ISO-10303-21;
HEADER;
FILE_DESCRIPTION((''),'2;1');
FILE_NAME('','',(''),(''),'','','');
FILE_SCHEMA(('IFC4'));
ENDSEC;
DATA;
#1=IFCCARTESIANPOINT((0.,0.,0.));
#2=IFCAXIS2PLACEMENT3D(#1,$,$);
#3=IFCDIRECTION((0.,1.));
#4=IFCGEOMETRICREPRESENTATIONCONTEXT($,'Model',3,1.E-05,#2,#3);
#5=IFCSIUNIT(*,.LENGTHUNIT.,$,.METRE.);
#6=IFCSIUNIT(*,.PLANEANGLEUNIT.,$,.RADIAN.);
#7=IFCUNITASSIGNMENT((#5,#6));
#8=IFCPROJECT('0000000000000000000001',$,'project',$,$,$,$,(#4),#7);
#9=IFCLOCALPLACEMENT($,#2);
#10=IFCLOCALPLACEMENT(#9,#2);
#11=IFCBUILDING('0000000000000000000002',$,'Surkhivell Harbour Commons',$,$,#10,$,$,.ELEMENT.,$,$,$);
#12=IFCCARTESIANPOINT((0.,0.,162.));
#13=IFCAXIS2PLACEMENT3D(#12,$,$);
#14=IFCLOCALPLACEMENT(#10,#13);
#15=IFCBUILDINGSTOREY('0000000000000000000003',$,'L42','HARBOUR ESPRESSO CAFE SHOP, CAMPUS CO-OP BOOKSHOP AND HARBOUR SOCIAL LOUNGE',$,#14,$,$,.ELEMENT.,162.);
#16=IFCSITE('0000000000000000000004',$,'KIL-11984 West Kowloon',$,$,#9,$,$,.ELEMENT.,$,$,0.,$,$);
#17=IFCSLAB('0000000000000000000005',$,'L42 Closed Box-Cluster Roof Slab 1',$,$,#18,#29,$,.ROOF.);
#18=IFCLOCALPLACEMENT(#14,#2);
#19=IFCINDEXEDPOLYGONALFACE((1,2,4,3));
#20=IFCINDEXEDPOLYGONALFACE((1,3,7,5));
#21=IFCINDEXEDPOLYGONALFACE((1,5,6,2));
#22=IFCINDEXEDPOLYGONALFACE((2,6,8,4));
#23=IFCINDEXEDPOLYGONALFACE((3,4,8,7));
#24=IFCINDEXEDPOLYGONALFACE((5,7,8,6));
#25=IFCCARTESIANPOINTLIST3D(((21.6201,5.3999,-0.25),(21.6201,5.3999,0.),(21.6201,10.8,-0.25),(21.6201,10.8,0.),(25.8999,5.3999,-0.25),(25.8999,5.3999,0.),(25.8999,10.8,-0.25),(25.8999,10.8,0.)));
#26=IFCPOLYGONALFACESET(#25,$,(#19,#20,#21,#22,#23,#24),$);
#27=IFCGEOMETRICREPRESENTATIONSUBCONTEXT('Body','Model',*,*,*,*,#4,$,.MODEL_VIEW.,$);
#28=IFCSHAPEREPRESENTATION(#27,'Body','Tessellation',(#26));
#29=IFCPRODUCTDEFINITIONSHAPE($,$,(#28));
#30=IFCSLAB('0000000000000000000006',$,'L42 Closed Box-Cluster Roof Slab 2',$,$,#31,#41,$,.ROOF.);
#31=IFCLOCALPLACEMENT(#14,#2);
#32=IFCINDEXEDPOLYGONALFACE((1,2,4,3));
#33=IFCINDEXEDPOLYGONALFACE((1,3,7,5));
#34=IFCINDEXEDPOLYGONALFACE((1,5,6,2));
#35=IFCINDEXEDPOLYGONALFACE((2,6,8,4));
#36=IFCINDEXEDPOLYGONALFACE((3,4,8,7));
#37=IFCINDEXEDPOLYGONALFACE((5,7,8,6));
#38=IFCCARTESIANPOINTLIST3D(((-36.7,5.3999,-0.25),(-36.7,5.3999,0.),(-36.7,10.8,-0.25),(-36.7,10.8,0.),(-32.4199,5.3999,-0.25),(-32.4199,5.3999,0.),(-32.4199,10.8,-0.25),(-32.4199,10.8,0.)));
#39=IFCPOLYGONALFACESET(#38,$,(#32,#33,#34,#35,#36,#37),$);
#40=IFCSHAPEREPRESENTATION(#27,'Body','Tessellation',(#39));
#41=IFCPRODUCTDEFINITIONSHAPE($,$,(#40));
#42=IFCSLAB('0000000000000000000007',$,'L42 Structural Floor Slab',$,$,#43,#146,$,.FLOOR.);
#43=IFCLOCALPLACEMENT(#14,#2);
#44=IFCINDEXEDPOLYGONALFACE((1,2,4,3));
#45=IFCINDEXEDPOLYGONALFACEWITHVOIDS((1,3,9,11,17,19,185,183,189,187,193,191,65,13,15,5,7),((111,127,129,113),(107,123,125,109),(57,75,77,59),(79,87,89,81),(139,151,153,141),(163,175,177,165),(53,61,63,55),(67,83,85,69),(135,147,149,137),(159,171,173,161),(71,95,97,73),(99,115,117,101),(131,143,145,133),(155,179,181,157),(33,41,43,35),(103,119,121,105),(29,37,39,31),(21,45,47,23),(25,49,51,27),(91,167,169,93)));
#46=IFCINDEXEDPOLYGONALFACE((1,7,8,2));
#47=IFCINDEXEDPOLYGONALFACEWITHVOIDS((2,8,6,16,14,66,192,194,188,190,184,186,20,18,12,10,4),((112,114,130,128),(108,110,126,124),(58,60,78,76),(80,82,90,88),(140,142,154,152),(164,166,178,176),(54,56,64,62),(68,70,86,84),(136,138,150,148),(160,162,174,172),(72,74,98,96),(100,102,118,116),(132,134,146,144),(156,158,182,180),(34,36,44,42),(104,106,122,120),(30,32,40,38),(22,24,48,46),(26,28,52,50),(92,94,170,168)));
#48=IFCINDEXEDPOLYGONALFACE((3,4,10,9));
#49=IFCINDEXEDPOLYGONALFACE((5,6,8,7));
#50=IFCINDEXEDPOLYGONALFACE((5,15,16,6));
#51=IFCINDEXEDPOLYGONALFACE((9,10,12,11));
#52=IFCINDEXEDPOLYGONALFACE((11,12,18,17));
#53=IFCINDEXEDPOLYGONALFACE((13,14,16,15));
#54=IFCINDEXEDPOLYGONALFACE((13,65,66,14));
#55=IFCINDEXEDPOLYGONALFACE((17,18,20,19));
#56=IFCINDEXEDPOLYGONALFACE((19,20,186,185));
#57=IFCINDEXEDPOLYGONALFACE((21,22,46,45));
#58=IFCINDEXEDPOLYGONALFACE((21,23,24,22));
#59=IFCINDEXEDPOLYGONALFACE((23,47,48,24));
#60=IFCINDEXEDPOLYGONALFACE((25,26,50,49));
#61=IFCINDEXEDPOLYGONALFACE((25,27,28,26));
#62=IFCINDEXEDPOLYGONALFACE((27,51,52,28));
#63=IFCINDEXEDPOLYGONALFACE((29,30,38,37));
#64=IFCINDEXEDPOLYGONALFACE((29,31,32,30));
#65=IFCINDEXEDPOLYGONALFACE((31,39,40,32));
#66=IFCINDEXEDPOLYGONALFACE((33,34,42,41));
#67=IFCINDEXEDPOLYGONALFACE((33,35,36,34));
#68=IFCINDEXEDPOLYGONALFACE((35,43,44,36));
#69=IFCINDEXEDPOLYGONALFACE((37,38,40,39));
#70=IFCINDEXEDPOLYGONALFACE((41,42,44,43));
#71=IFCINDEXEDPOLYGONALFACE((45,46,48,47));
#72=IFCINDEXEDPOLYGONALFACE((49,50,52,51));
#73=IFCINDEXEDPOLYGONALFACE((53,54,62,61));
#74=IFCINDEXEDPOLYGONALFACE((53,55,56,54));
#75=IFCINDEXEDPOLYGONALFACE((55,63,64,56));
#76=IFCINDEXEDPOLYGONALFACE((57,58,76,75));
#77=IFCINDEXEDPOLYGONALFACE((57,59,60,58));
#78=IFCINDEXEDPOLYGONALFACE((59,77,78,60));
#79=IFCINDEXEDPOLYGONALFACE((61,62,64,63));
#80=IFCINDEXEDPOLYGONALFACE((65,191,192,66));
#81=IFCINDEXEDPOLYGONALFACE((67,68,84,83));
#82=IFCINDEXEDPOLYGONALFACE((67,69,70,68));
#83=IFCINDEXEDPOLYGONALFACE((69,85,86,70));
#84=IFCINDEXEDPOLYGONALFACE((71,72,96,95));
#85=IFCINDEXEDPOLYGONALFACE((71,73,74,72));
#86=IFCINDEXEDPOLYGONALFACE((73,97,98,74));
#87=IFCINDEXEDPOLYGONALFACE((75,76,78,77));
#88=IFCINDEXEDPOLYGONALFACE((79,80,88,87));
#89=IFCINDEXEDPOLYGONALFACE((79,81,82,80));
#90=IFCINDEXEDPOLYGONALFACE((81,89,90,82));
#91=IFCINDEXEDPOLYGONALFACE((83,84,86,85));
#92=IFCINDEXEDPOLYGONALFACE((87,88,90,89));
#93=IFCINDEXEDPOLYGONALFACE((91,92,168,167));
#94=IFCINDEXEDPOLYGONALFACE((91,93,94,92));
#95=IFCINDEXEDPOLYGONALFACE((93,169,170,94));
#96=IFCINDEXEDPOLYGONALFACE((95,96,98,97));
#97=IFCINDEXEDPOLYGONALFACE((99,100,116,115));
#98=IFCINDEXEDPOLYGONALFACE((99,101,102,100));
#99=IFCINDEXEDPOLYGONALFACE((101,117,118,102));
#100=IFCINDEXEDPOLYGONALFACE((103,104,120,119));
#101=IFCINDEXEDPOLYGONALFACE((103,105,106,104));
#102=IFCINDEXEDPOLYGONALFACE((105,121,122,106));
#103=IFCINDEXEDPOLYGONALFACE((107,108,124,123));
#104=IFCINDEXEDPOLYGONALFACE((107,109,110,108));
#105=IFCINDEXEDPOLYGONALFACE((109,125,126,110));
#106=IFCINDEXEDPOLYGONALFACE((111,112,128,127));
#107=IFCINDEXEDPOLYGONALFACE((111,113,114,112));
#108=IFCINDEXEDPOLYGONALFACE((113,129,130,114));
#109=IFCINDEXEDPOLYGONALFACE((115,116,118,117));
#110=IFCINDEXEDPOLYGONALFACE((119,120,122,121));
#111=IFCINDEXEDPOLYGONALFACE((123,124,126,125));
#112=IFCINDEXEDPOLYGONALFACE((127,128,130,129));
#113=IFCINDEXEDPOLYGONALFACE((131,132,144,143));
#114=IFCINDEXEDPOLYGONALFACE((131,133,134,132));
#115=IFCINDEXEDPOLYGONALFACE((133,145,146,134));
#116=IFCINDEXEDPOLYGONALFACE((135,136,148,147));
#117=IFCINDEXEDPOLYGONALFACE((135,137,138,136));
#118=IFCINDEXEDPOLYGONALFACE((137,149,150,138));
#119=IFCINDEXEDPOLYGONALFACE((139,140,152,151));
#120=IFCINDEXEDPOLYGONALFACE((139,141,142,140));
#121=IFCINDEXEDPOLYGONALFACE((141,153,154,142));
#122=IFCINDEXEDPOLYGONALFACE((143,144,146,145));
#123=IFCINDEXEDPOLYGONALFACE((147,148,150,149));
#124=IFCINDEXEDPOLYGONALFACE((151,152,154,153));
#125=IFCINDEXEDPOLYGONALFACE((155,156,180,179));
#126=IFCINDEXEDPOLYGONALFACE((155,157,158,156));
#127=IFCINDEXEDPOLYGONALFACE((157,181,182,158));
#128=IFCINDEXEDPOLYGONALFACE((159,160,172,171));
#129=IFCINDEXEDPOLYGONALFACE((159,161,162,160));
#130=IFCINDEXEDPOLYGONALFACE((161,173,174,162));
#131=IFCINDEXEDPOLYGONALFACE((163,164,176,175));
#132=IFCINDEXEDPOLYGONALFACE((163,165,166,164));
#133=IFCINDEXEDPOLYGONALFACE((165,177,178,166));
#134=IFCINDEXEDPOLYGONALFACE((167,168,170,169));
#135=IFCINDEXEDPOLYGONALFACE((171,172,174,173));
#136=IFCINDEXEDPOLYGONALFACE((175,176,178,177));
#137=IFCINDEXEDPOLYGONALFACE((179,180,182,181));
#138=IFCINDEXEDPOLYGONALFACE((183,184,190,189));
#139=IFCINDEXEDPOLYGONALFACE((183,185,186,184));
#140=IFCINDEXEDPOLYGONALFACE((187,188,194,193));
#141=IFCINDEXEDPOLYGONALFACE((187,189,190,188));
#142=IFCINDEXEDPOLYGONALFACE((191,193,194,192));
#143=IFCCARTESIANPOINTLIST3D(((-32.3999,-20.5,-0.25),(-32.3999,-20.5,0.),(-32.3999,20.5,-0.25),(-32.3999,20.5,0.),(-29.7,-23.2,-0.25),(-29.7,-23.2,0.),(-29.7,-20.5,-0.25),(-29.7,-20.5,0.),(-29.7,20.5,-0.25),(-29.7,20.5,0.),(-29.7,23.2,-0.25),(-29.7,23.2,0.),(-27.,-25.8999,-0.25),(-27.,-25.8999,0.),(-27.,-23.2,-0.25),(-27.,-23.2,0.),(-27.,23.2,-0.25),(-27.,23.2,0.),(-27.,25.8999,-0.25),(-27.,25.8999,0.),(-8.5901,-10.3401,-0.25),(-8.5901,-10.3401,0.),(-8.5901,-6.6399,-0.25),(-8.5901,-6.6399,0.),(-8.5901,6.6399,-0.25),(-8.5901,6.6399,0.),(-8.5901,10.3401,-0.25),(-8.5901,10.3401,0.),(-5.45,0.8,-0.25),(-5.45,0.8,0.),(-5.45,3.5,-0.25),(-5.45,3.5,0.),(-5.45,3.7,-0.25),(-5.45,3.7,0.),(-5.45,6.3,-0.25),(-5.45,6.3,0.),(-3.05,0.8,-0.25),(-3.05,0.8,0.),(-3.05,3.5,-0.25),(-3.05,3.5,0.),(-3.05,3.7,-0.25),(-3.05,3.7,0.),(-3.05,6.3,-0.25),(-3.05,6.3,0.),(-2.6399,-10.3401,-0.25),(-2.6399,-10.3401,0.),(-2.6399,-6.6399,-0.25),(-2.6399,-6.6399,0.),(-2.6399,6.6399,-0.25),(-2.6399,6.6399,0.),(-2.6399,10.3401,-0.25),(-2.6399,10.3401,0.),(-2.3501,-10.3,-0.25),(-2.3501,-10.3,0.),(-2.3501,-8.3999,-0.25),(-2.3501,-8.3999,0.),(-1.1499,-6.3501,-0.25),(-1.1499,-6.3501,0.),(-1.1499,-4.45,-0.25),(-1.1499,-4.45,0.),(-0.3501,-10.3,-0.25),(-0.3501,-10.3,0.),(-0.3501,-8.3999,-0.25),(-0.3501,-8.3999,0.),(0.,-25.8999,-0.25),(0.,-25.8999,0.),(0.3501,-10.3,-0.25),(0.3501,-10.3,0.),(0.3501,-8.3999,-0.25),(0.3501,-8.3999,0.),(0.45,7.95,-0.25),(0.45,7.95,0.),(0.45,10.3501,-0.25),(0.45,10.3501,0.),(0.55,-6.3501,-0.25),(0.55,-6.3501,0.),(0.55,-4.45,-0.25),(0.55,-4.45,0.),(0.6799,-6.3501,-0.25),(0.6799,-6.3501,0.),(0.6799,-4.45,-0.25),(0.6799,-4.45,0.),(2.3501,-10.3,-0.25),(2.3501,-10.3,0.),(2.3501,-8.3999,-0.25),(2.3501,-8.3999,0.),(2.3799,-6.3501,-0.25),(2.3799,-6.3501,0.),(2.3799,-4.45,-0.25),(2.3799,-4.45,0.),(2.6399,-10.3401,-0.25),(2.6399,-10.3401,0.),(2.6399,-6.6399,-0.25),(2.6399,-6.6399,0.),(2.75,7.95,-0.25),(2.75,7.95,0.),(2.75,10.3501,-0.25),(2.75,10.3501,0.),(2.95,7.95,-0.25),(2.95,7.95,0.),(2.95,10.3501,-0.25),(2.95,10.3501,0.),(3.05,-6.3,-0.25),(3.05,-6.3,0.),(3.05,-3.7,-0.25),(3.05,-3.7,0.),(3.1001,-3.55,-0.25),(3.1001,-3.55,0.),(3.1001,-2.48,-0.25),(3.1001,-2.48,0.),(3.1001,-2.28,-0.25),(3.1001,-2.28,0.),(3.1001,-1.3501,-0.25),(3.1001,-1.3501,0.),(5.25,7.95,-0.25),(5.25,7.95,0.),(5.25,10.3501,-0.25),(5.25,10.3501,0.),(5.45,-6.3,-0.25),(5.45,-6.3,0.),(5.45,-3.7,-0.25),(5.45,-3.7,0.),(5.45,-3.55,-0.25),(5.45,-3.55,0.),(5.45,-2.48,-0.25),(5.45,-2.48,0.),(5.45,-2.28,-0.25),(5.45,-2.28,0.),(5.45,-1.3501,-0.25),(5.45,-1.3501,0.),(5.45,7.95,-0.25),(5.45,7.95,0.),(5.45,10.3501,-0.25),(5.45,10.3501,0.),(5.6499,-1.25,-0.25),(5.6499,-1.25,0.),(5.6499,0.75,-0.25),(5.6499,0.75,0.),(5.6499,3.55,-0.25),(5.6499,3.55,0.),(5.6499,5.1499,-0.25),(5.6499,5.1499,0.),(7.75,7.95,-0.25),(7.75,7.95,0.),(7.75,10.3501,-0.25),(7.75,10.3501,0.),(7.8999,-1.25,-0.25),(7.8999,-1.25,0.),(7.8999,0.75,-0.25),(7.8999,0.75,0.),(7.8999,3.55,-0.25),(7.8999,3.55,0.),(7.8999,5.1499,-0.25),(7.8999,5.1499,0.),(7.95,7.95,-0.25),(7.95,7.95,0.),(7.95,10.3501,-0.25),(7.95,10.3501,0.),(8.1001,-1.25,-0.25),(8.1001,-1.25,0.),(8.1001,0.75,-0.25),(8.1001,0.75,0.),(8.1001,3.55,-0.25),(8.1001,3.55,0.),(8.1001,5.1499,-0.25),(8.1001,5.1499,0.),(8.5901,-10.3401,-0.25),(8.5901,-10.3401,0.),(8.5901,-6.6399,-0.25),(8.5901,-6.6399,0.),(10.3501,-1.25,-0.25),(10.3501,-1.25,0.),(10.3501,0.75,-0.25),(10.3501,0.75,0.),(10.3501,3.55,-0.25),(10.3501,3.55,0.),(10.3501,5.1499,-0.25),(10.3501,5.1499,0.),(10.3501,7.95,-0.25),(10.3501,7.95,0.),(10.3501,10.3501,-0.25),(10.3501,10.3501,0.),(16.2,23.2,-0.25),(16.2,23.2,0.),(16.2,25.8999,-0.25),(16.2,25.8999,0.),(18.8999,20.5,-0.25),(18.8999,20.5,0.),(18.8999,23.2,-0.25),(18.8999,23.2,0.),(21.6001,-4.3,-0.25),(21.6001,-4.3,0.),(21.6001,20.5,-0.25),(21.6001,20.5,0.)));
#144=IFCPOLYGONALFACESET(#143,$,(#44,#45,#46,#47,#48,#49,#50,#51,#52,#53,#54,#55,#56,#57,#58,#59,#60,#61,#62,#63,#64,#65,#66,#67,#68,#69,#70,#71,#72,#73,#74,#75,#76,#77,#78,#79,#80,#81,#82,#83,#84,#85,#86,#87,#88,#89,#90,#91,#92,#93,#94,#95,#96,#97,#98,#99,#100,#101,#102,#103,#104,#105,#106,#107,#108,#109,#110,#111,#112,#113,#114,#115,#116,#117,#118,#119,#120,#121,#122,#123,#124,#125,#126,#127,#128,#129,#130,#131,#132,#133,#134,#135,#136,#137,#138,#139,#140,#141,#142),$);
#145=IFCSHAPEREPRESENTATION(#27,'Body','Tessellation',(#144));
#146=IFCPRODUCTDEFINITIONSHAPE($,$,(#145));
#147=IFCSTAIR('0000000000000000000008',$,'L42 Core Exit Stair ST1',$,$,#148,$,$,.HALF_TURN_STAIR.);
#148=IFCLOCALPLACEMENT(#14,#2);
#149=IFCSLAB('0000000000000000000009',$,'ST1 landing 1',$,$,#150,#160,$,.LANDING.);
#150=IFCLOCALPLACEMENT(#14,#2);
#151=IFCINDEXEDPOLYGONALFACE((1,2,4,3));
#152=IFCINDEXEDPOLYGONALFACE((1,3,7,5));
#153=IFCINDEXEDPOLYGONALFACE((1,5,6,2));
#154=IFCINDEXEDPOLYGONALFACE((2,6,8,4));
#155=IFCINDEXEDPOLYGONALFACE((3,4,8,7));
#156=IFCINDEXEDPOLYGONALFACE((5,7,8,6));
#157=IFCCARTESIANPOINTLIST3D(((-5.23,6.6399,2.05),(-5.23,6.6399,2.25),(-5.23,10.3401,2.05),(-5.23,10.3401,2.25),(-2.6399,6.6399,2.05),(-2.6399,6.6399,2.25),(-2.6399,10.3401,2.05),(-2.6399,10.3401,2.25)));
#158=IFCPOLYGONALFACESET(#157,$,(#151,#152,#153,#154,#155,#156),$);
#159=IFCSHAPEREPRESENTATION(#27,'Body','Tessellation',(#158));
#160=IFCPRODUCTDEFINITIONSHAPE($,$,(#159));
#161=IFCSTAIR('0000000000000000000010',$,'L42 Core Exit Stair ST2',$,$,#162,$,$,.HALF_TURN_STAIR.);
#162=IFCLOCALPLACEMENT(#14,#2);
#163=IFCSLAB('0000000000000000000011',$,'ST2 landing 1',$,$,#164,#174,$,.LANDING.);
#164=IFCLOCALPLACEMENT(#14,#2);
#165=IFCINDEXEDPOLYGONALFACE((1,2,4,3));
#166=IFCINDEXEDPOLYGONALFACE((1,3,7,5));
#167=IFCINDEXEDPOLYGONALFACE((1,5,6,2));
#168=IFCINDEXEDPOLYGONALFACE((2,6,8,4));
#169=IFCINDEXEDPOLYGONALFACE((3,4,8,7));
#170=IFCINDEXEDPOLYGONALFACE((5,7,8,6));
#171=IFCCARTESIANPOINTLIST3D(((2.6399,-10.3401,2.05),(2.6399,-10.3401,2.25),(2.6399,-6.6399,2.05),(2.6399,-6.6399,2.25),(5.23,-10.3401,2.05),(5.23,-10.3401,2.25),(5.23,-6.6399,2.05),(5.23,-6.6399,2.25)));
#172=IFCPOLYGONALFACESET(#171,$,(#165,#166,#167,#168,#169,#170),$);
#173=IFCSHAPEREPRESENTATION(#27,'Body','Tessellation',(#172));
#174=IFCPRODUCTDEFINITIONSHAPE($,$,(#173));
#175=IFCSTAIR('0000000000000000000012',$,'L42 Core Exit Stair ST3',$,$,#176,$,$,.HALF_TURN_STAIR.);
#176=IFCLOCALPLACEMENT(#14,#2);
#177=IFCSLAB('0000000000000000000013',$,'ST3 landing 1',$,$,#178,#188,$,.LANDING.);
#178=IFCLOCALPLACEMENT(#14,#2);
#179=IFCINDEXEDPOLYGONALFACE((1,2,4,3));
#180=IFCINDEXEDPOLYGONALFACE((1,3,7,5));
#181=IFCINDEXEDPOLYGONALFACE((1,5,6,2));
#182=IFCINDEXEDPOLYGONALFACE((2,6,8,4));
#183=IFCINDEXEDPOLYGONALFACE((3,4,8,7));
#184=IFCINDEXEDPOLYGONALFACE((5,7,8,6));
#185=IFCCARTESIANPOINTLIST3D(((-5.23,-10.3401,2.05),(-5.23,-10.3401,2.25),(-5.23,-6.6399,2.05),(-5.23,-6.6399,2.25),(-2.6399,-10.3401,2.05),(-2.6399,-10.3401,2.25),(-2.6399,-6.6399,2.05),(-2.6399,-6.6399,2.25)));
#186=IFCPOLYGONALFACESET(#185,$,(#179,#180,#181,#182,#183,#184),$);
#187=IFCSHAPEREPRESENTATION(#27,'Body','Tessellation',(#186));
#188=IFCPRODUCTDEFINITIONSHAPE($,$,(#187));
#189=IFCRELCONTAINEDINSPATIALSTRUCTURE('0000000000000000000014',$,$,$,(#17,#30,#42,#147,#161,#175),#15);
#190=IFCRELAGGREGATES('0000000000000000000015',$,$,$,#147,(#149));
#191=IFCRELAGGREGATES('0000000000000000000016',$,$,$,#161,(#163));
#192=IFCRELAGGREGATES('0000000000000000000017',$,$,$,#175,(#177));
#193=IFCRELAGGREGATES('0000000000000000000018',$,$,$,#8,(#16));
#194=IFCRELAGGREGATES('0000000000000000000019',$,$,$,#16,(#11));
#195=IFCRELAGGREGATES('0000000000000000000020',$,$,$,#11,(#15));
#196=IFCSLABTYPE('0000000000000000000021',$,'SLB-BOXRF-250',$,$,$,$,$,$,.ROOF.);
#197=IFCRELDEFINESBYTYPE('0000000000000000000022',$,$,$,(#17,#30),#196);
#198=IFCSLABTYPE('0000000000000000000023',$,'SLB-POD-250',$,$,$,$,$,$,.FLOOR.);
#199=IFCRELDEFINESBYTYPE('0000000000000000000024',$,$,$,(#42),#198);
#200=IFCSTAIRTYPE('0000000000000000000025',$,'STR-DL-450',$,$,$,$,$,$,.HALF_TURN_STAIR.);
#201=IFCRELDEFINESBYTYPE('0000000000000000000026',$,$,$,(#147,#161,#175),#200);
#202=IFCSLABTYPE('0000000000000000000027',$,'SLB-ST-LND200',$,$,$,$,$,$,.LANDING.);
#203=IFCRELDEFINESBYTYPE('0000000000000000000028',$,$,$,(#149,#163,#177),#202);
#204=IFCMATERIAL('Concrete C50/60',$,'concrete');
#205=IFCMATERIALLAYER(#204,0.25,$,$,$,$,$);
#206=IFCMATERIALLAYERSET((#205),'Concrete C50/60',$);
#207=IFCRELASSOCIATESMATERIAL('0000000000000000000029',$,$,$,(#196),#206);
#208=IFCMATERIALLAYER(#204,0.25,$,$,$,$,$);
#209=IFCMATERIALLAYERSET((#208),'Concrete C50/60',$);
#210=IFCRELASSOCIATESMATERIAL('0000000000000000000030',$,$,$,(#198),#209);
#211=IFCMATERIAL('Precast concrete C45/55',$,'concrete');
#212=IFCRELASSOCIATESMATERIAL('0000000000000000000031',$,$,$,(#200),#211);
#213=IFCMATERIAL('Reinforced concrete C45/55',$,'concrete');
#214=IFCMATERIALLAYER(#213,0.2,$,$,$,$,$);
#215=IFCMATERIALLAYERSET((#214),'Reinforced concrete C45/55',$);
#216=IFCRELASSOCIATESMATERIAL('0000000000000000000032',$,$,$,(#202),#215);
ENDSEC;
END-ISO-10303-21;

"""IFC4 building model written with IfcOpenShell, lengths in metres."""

from ifc_helpers import new_model, si_unit, direction, frame, origin, place, context, subcontext, project, spatial, polyline, outline, extrude, material, layer, layer_set, type_object, element, aggregate, save


model = new_model("IFC4")

# Units and contexts
model_context = context("Model", 3, precision=1e-05, world=origin(), true_north=direction((0.0, 1.0)))
body_context = subcontext(model_context, "Body", "Model", "MODEL_VIEW")
ifc_project = project(units=[si_unit("LENGTHUNIT", "METRE"), si_unit("PLANEANGLEUNIT", "RADIAN")], contexts=[model_context])

# Site, building, storey
site_placement = place(None, origin())
site = spatial("IfcSite", under=ifc_project, at=site_placement, Name="KIL-11984 West Kowloon", CompositionType="ELEMENT", RefElevation=0.0)
building_placement = place(site_placement, origin())
building = spatial("IfcBuilding", under=site, at=building_placement, Name="Surkhivell Harbour Commons", CompositionType="ELEMENT")
storey_placement = place(building_placement, frame((0.0, 0.0, 162.0)))
storey = spatial("IfcBuildingStorey", under=building, at=storey_placement, Name="L42", Description="HARBOUR ESPRESSO CAFE SHOP, CAMPUS CO-OP BOOKSHOP AND HARBOUR SOCIAL LOUNGE", CompositionType="ELEMENT", Elevation=162.0)

# Slabs
ifc_material_1 = material(Name="Concrete C50/60", Category="concrete")
ifc_layer_1 = layer(ifc_material_1, 0.25)
ifc_layer_set_1 = layer_set([ifc_layer_1], Name="Concrete C50/60")
slab_type_1 = type_object("IfcSlabType", Name="SLB-BOXRF-250", PredefinedType="ROOF", material=ifc_layer_set_1)
slab_1_placement = place(storey_placement, frame((0.0, 0.0, -0.25)))
element("IfcSlab", 1, at=slab_1_placement, inside=storey, type_object=slab_type_1, Name="L42 Closed Box-Cluster Roof Slab 1", PredefinedType="ROOF", context=body_context, shape_type="SweptSolid", body=[
    extrude(outline(polyline([(25.8999, 10.8), (21.6201, 10.8), (21.6201, 5.3999), (25.8999, 5.3999), (25.8999, 10.8)])), origin(), (0.0, 0.0, 1.0), 0.25),
])
slab_2_placement = place(storey_placement, frame((0.0, 0.0, -0.25)))
element("IfcSlab", 2, at=slab_2_placement, inside=storey, type_object=slab_type_1, Name="L42 Closed Box-Cluster Roof Slab 2", PredefinedType="ROOF", context=body_context, shape_type="SweptSolid", body=[
    extrude(outline(polyline([(-36.7, 5.3999), (-32.4199, 5.3999), (-32.4199, 10.8), (-36.7, 10.8), (-36.7, 5.3999)])), origin(), (0.0, 0.0, 1.0), 0.25),
])
ifc_layer_2 = layer(ifc_material_1, 0.25)
ifc_layer_set_2 = layer_set([ifc_layer_2], Name="Concrete C50/60")
slab_type_2 = type_object("IfcSlabType", Name="SLB-POD-250", PredefinedType="FLOOR", material=ifc_layer_set_2)
slab_3_placement = place(storey_placement, frame((0.0, 0.0, -0.25)))
element("IfcSlab", 3, at=slab_3_placement, inside=storey, type_object=slab_type_2, Name="L42 Structural Floor Slab", PredefinedType="FLOOR", context=body_context, shape_type="SweptSolid", body=[
    extrude(outline(polyline([(-27.0, -25.8999), (0.0, -25.8999), (21.6001, -4.3), (21.6001, 20.5), (18.8999, 20.5), (18.8999, 23.2), (16.2, 23.2), (16.2, 25.8999), (-27.0, 25.8999), (-27.0, 23.2), (-29.7, 23.2), (-29.7, 20.5), (-32.3999, 20.5), (-32.3999, -20.5), (-29.7, -20.5), (-29.7, -23.2), (-27.0, -23.2), (-27.0, -25.8999)]), holes=[polyline([(-8.5901, 6.6399), (-2.6399, 6.6399), (-2.6399, 10.3401), (-8.5901, 10.3401), (-8.5901, 6.6399)]), polyline([(8.5901, -6.6399), (2.6399, -6.6399), (2.6399, -10.3401), (8.5901, -10.3401), (8.5901, -6.6399)]), polyline([(-8.5901, -10.3401), (-2.6399, -10.3401), (-2.6399, -6.6399), (-8.5901, -6.6399), (-8.5901, -10.3401)]), polyline([(0.45, 7.95), (2.75, 7.95), (2.75, 10.3501), (0.45, 10.3501), (0.45, 7.95)]), polyline([(2.95, 7.95), (5.25, 7.95), (5.25, 10.3501), (2.95, 10.3501), (2.95, 7.95)]), polyline([(5.45, 7.95), (7.75, 7.95), (7.75, 10.3501), (5.45, 10.3501), (5.45, 7.95)]), polyline([(7.95, 7.95), (10.3501, 7.95), (10.3501, 10.3501), (7.95, 10.3501), (7.95, 7.95)]), polyline([(5.6499, 3.55), (7.8999, 3.55), (7.8999, 5.1499), (5.6499, 5.1499), (5.6499, 3.55)]), polyline([(8.1001, 3.55), (10.3501, 3.55), (10.3501, 5.1499), (8.1001, 5.1499), (8.1001, 3.55)]), polyline([(5.6499, -1.25), (7.8999, -1.25), (7.8999, 0.75), (5.6499, 0.75), (5.6499, -1.25)]), polyline([(8.1001, -1.25), (10.3501, -1.25), (10.3501, 0.75), (8.1001, 0.75), (8.1001, -1.25)]), polyline([(-1.1499, -6.3501), (0.55, -6.3501), (0.55, -4.45), (-1.1499, -4.45), (-1.1499, -6.3501)]), polyline([(0.6799, -6.3501), (2.3799, -6.3501), (2.3799, -4.45), (0.6799, -4.45), (0.6799, -6.3501)]), polyline([(-2.3501, -10.3), (-0.3501, -10.3), (-0.3501, -8.3999), (-2.3501, -8.3999), (-2.3501, -10.3)]), polyline([(0.3501, -10.3), (2.3501, -10.3), (2.3501, -8.3999), (0.3501, -8.3999), (0.3501, -10.3)]), polyline([(-5.45, 3.7), (-3.05, 3.7), (-3.05, 6.3), (-5.45, 6.3), (-5.45, 3.7)]), polyline([(3.05, -6.3), (5.45, -6.3), (5.45, -3.7), (3.05, -3.7), (3.05, -6.3)]), polyline([(-5.45, 0.8), (-3.05, 0.8), (-3.05, 3.5), (-5.45, 3.5), (-5.45, 0.8)]), polyline([(3.1001, -3.55), (5.45, -3.55), (5.45, -2.48), (3.1001, -2.48), (3.1001, -3.55)]), polyline([(3.1001, -2.28), (5.45, -2.28), (5.45, -1.3501), (3.1001, -1.3501), (3.1001, -2.28)])]), origin(), (0.0, 0.0, 1.0), 0.25),
])

# Stairs, slabs
ifc_material_2 = material(Name="Precast concrete C45/55", Category="concrete")
stair_type = type_object("IfcStairType", Name="STR-DL-450", PredefinedType="HALF_TURN_STAIR", material=ifc_material_2)
stair_1_placement = place(storey_placement, origin())
stair_1 = element("IfcStair", 4, at=stair_1_placement, inside=storey, type_object=stair_type, Name="L42 Core Exit Stair ST1", PredefinedType="HALF_TURN_STAIR")
ifc_material_3 = material(Name="Reinforced concrete C45/55", Category="concrete")
ifc_layer_3 = layer(ifc_material_3, 0.2)
ifc_layer_set_3 = layer_set([ifc_layer_3], Name="Reinforced concrete C45/55")
slab_type_3 = type_object("IfcSlabType", Name="SLB-ST-LND200", PredefinedType="LANDING", material=ifc_layer_set_3)
slab_4_placement = place(storey_placement, frame((0.0, 0.0, 2.05)))
slab_4 = element("IfcSlab", 5, at=slab_4_placement, type_object=slab_type_3, Name="ST1 landing 1", PredefinedType="LANDING", context=body_context, shape_type="SweptSolid", body=[
    extrude(outline(polyline([(-5.23, 6.6399), (-2.6399, 6.6399), (-2.6399, 10.3401), (-5.23, 10.3401), (-5.23, 6.6399)])), origin(), (0.0, 0.0, 1.0), 0.2),
])
aggregate(stair_1, [slab_4])
stair_2_placement = place(storey_placement, origin())
stair_2 = element("IfcStair", 6, at=stair_2_placement, inside=storey, type_object=stair_type, Name="L42 Core Exit Stair ST2", PredefinedType="HALF_TURN_STAIR")
slab_5_placement = place(storey_placement, frame((0.0, 0.0, 2.05)))
slab_5 = element("IfcSlab", 7, at=slab_5_placement, type_object=slab_type_3, Name="ST2 landing 1", PredefinedType="LANDING", context=body_context, shape_type="SweptSolid", body=[
    extrude(outline(polyline([(5.23, -6.6399), (2.6399, -6.6399), (2.6399, -10.3401), (5.23, -10.3401), (5.23, -6.6399)])), origin(), (0.0, 0.0, 1.0), 0.2),
])
aggregate(stair_2, [slab_5])
stair_3_placement = place(storey_placement, origin())
stair_3 = element("IfcStair", 8, at=stair_3_placement, inside=storey, type_object=stair_type, Name="L42 Core Exit Stair ST3", PredefinedType="HALF_TURN_STAIR")
slab_6_placement = place(storey_placement, frame((0.0, 0.0, 2.05)))
slab_6 = element("IfcSlab", 9, at=slab_6_placement, type_object=slab_type_3, Name="ST3 landing 1", PredefinedType="LANDING", context=body_context, shape_type="SweptSolid", body=[
    extrude(outline(polyline([(-5.23, -10.3401), (-2.6399, -10.3401), (-2.6399, -6.6399), (-5.23, -6.6399), (-5.23, -10.3401)])), origin(), (0.0, 0.0, 1.0), 0.2),
])
aggregate(stair_3, [slab_6])

save(model, "model.ifc")
